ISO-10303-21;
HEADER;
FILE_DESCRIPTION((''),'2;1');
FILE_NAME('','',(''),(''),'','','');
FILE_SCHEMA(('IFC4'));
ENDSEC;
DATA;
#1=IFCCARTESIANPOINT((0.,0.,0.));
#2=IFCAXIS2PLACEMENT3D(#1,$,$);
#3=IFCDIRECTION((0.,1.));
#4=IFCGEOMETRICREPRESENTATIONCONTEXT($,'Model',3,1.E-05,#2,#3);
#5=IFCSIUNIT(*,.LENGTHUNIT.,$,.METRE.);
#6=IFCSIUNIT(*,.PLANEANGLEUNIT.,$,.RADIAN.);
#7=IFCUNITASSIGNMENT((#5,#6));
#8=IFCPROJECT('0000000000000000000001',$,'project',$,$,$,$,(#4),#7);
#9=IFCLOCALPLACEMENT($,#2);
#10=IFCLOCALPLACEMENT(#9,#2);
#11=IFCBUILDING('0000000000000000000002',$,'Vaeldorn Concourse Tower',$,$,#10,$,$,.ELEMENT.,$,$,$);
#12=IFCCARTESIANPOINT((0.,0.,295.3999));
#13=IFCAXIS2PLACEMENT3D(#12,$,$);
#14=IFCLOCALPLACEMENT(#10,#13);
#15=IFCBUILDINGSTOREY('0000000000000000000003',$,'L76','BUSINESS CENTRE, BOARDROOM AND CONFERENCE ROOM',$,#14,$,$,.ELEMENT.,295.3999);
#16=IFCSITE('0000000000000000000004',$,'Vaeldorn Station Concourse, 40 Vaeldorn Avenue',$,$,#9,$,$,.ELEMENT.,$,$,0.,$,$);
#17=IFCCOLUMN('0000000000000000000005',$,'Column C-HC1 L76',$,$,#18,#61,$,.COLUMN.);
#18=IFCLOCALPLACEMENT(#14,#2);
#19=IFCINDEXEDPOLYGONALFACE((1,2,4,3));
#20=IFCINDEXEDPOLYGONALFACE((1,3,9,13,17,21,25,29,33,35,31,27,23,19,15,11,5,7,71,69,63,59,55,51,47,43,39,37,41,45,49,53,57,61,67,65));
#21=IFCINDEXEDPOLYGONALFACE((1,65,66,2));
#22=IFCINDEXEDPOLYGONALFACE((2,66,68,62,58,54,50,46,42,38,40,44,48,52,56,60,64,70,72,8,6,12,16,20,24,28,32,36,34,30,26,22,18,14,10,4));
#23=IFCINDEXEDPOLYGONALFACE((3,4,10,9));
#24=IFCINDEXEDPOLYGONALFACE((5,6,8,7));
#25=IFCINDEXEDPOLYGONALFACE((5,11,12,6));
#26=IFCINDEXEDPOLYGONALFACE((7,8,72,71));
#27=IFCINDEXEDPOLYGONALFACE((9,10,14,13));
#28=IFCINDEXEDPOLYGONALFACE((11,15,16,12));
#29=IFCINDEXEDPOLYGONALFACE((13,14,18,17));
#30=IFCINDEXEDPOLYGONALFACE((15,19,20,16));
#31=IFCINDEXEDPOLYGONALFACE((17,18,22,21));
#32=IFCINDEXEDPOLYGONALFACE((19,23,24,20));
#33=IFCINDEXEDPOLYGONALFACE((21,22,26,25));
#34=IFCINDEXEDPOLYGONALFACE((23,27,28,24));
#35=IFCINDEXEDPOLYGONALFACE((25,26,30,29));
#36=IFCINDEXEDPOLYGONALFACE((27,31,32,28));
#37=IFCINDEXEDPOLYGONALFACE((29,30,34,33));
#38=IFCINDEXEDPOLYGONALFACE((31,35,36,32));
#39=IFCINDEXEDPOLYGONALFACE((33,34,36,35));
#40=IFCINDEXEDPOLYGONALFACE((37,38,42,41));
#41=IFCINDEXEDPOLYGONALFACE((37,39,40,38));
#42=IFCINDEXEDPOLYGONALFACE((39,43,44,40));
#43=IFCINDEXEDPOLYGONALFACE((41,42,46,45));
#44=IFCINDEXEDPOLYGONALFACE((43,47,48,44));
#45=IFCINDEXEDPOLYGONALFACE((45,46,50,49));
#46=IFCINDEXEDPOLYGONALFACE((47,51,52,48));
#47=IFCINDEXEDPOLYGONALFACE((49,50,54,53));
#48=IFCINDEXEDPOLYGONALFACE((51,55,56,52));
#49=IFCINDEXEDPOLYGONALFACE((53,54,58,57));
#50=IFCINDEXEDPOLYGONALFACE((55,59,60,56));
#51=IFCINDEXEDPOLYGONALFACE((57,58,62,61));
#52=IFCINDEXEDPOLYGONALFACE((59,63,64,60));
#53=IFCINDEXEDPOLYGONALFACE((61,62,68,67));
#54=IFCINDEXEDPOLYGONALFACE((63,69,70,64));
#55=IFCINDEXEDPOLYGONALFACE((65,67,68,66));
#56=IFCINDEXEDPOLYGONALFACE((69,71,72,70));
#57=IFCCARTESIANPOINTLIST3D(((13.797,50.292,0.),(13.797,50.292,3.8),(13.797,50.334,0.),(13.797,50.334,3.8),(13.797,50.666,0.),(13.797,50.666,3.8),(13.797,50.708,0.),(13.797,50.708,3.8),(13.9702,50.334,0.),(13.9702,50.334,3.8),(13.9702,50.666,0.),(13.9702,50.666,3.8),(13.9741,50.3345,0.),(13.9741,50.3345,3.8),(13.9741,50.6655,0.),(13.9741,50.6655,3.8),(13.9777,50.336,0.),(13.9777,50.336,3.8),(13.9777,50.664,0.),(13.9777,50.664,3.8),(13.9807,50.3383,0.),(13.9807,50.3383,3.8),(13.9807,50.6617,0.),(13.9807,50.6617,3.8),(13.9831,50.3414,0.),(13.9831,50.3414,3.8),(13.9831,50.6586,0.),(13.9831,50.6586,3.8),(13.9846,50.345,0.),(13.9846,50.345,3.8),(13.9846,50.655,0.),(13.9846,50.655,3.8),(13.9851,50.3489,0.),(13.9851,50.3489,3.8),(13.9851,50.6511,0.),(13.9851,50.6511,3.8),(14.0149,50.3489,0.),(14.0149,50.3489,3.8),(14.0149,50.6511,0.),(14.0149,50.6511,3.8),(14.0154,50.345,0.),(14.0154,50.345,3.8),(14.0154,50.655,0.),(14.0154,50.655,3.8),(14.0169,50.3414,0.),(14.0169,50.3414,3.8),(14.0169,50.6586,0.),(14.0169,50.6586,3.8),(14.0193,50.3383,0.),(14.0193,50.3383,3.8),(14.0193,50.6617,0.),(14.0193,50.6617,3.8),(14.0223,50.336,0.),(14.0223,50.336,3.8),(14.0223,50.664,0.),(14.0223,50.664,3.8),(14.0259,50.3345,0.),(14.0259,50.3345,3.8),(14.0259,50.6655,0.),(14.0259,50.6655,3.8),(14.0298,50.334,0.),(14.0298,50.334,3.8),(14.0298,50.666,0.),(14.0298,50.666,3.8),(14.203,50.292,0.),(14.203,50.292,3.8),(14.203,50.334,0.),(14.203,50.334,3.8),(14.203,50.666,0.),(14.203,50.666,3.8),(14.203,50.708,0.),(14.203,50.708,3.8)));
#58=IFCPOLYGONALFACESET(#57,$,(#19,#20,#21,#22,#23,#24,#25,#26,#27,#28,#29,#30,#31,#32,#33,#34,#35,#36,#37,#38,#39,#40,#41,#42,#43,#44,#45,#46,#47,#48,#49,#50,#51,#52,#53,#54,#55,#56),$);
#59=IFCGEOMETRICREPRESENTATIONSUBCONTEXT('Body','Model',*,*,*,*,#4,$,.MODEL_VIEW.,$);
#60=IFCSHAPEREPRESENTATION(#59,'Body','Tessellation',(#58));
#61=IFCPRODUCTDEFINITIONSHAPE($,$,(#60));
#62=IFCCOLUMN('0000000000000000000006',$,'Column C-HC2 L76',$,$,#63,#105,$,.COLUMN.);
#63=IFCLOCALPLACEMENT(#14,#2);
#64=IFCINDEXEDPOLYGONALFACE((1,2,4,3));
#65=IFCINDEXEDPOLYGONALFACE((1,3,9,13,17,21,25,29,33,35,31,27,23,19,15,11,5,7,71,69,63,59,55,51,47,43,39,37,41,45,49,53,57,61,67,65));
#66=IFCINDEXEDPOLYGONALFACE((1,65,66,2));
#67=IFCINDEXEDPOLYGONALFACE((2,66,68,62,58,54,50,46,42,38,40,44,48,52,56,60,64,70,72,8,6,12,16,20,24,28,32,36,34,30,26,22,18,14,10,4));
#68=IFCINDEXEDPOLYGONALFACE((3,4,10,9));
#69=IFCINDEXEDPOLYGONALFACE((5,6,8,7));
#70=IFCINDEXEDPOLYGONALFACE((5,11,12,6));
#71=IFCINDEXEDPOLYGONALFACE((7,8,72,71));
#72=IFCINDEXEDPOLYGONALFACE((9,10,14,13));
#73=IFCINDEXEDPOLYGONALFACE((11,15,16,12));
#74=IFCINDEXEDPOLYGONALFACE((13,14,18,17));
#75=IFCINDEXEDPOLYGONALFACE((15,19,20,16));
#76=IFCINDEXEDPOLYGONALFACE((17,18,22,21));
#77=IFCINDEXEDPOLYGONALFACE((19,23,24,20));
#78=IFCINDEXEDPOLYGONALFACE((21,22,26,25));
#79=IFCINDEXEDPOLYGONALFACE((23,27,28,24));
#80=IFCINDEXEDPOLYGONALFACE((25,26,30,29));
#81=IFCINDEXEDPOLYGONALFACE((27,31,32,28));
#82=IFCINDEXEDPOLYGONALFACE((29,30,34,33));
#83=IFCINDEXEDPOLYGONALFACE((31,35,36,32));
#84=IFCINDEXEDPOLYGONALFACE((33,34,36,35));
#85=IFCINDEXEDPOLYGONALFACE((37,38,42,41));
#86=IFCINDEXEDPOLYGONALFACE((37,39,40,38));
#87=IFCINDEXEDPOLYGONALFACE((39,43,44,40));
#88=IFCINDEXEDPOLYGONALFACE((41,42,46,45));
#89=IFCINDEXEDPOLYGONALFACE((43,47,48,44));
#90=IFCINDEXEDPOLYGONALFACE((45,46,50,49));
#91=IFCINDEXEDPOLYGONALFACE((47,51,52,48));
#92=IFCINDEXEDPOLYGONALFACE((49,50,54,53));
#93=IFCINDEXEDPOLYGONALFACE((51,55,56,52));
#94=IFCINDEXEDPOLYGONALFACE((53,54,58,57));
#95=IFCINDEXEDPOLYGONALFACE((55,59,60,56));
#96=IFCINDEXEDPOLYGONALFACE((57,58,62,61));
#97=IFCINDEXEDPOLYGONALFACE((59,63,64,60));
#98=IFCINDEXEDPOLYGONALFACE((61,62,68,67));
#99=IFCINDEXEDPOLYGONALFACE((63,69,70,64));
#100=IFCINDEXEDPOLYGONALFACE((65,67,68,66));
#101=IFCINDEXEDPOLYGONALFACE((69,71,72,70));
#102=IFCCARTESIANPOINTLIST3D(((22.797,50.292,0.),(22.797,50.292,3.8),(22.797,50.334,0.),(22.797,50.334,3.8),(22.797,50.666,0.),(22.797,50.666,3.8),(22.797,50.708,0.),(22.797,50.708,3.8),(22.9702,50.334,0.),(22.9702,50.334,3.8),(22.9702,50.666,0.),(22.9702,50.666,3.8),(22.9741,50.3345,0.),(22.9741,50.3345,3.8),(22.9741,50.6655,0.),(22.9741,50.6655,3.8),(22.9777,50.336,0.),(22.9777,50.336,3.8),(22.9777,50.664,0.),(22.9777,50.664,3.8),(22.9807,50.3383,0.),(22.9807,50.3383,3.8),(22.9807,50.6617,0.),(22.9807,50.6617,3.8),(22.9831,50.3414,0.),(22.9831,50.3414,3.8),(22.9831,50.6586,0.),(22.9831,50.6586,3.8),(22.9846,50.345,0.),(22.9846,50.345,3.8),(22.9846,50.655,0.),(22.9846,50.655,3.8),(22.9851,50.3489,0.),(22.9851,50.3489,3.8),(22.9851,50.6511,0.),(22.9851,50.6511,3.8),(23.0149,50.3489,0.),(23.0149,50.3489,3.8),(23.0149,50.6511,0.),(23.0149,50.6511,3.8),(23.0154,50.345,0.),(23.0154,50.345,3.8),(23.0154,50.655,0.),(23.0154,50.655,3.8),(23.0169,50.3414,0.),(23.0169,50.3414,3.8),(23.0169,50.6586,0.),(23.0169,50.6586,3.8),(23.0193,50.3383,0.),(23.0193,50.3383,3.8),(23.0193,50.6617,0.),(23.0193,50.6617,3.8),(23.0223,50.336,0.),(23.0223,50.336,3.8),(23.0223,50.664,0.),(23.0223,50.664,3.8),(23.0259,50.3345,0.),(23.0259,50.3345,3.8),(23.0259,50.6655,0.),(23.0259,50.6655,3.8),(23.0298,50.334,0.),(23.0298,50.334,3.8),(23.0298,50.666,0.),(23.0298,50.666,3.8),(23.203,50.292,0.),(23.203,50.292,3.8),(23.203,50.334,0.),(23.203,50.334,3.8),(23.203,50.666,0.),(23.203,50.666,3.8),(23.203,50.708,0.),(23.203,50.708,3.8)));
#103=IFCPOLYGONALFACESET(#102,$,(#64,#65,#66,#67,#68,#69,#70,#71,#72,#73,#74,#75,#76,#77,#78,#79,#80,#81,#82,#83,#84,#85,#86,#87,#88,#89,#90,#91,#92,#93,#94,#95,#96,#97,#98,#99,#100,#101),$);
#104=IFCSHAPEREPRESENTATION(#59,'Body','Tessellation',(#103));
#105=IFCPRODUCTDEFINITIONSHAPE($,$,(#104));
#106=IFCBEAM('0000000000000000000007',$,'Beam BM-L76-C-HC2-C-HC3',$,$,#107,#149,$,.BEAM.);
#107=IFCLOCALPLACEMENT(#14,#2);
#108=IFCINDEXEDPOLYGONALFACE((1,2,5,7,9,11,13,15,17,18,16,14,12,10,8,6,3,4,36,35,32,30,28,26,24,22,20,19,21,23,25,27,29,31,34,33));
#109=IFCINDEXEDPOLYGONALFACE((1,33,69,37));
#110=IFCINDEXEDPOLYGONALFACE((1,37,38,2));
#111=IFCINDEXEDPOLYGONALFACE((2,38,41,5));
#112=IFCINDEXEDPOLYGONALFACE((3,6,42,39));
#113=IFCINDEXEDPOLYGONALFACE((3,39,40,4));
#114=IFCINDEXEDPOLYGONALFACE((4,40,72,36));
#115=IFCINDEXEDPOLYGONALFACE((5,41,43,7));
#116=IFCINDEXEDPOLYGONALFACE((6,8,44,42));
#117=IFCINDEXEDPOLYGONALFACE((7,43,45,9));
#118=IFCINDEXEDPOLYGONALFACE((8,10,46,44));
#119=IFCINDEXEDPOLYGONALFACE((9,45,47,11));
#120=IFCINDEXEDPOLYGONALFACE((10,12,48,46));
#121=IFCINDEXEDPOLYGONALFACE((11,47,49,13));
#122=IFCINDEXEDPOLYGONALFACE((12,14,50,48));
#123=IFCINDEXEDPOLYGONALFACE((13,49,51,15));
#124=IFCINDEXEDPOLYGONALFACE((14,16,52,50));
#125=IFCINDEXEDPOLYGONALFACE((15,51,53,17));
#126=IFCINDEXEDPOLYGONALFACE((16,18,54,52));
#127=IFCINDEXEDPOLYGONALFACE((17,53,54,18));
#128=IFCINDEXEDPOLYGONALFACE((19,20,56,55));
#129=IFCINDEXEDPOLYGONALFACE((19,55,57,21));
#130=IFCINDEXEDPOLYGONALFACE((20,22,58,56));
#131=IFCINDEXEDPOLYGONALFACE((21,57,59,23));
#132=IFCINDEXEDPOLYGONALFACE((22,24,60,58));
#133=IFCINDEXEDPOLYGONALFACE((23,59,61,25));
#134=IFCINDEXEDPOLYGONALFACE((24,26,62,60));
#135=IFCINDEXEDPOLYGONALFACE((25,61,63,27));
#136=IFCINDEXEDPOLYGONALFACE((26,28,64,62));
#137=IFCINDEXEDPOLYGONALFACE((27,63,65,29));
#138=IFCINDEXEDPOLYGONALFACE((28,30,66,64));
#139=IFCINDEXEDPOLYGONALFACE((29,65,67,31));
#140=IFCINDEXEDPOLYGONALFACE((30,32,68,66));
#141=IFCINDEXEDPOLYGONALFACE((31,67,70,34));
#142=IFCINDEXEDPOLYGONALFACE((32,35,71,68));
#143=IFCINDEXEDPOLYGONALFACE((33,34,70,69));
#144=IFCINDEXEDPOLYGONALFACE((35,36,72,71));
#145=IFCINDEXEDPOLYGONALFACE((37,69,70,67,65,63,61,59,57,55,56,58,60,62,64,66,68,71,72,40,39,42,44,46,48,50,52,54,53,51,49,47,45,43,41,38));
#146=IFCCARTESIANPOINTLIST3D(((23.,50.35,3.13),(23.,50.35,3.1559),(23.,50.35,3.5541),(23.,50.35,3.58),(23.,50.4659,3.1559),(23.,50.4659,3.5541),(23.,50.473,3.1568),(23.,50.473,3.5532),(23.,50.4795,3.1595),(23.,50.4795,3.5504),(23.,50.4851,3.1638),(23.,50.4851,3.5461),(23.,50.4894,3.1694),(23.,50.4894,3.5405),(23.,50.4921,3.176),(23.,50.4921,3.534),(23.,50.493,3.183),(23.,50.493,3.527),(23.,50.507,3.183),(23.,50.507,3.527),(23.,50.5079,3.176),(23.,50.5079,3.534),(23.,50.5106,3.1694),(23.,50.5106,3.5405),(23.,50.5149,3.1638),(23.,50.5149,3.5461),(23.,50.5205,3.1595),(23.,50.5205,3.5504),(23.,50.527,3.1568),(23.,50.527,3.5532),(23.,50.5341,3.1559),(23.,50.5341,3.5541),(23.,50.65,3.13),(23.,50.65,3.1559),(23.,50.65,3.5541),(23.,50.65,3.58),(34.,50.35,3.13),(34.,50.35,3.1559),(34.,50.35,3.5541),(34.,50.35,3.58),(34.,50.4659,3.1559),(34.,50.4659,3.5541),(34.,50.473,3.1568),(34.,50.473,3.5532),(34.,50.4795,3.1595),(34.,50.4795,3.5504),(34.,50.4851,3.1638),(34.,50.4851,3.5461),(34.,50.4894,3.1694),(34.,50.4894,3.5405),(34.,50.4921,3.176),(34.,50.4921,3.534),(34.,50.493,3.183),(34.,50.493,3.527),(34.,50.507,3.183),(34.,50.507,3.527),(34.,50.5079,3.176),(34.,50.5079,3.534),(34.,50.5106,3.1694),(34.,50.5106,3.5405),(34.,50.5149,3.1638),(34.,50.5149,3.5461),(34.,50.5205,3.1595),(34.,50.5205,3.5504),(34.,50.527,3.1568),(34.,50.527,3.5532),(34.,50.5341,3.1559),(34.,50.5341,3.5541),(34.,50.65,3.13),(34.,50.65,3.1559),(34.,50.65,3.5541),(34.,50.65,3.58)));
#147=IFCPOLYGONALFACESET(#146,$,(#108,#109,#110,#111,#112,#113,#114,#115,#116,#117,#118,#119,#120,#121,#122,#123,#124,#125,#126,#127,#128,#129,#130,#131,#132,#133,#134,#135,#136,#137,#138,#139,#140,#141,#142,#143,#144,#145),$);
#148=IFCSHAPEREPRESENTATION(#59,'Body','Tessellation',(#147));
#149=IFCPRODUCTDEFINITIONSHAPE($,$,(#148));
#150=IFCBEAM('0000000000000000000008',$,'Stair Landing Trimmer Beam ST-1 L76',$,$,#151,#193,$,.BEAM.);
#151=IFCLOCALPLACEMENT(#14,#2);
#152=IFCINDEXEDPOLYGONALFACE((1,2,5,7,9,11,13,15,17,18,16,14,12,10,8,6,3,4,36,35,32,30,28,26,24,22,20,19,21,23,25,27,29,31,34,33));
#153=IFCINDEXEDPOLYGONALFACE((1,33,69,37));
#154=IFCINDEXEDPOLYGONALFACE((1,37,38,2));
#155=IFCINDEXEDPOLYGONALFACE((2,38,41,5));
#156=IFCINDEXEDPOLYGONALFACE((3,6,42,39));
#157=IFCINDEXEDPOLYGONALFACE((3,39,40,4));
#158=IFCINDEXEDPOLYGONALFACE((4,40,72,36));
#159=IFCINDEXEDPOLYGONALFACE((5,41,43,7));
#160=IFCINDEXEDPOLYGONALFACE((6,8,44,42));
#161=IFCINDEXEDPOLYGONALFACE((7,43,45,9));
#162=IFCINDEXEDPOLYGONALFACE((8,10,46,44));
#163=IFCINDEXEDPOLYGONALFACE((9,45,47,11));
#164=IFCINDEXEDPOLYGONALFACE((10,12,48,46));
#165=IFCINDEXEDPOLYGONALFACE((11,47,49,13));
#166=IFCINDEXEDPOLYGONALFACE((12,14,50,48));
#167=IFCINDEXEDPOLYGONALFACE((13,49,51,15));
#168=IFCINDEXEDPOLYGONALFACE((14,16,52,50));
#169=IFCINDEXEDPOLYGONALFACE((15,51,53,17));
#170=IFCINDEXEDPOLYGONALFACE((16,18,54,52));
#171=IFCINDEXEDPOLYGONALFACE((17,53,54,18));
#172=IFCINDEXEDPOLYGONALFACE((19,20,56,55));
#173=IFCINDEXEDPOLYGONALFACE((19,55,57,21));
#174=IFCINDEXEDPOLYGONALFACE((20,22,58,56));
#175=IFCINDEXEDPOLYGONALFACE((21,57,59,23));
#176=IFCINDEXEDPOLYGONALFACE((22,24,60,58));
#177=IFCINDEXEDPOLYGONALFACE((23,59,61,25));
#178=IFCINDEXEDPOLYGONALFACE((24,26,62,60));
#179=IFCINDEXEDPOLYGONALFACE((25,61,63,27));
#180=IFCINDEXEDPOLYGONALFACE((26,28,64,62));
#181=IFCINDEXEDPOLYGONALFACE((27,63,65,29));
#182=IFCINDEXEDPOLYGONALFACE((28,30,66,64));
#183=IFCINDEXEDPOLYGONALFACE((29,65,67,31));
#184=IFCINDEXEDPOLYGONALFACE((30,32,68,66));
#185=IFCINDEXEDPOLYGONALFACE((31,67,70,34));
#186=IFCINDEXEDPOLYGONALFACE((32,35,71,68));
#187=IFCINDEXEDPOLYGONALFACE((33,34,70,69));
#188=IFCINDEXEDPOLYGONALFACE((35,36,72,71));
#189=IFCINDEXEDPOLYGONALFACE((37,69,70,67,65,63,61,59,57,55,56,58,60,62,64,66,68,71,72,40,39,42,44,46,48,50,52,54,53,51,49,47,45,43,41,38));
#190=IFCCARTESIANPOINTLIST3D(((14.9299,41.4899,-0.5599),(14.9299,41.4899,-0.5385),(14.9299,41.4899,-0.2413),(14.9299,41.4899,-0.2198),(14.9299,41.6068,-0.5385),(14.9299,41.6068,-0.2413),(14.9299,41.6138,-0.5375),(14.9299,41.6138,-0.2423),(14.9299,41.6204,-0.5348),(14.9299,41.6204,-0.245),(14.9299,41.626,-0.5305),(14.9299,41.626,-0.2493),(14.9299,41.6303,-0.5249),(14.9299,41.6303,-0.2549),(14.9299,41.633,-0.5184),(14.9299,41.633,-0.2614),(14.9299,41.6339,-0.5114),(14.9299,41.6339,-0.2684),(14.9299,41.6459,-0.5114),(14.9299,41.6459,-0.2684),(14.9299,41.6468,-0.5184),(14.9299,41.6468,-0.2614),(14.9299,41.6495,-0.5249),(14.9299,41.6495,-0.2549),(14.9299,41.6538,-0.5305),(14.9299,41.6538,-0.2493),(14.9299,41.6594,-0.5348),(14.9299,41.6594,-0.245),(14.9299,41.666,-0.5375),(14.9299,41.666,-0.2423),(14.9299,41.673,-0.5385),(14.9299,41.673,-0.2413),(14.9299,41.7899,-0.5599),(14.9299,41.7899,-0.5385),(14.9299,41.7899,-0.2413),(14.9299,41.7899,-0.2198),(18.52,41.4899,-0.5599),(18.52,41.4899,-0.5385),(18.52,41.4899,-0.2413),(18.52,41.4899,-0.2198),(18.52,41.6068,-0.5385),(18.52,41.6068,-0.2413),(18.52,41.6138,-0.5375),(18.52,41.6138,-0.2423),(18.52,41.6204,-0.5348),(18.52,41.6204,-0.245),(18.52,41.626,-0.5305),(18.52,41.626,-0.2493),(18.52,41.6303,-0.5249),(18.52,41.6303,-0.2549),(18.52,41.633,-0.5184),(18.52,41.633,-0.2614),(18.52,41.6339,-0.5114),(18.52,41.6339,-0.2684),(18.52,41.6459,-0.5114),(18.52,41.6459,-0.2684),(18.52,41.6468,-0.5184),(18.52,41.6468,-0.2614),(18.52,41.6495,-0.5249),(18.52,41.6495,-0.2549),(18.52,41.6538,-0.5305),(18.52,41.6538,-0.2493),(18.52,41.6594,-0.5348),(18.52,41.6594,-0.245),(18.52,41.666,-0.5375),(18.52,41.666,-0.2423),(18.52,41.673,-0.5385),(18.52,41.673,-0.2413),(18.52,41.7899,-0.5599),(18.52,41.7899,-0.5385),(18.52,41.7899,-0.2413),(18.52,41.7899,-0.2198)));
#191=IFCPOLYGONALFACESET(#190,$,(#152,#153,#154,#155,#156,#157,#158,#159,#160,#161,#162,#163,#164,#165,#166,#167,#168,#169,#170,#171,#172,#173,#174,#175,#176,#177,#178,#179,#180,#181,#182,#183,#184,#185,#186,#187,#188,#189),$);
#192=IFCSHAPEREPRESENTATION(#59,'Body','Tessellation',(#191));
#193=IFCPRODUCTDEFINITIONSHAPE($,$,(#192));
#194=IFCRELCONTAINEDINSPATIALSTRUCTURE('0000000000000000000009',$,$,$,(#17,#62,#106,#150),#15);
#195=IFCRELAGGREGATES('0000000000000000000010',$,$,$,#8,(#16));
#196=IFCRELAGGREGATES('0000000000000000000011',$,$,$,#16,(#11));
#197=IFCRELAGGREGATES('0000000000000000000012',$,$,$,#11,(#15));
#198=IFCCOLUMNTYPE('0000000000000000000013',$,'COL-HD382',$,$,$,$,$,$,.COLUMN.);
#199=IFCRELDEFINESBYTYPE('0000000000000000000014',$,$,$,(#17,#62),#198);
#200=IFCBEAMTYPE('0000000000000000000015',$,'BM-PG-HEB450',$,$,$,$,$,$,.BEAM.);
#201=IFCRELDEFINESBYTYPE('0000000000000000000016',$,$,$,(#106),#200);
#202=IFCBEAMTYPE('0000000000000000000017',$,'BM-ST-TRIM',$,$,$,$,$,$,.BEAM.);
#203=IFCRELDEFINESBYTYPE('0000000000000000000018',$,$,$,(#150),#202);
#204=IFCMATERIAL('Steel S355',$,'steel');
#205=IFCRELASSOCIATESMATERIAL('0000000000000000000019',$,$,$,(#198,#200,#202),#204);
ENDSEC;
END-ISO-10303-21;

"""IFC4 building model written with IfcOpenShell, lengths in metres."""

from ifc_helpers import new_model, si_unit, direction, frame, origin, origin_2d, place, context, subcontext, project, spatial, i_section, extrude, source, transform, mapped, material, material_profile, profile_set, type_object, element, save


model = new_model("IFC4")

# Units and contexts
model_context = context("Model", 3, precision=1e-05, world=origin(), true_north=direction((0.0, 1.0)))
body_context = subcontext(model_context, "Body", "Model", "MODEL_VIEW")
ifc_project = project(units=[si_unit("LENGTHUNIT", "METRE"), si_unit("PLANEANGLEUNIT", "RADIAN")], contexts=[model_context])

# Site, building, storey
site_placement = place(None, origin())
site = spatial("IfcSite", under=ifc_project, at=site_placement, Name="Vaeldorn Station Concourse, 40 Vaeldorn Avenue", CompositionType="ELEMENT", RefElevation=0.0)
building_placement = place(site_placement, origin())
building = spatial("IfcBuilding", under=site, at=building_placement, Name="Vaeldorn Concourse Tower", CompositionType="ELEMENT")
storey_placement = place(building_placement, frame((0.0, 0.0, 295.3999)))
storey = spatial("IfcBuildingStorey", under=building, at=storey_placement, Name="L76", Description="BUSINESS CENTRE, BOARDROOM AND CONFERENCE ROOM", CompositionType="ELEMENT", Elevation=295.3999)

# Columns
ifc_material_1 = material(Name="Steel S355", Category="steel")
ifc_material_profile_1 = material_profile(ifc_material_1, i_section(OverallWidth=0.406, OverallDepth=0.416, WebThickness=0.0298, FlangeThickness=0.042, FilletRadius=0.0149, at=origin_2d()), Name="HD 400x382")
ifc_profile_set_1 = profile_set([ifc_material_profile_1], Name="Steel S355")
column_type = type_object("IfcColumnType", Name="COL-HD382", PredefinedType="COLUMN", material=ifc_profile_set_1)
shared_shape_1 = source(origin(), body_context, "Body", "SweptSolid", [
    extrude(i_section(OverallWidth=0.406, OverallDepth=0.416, WebThickness=0.0298, FlangeThickness=0.042, FilletRadius=0.0149, at=origin_2d()), origin(), (0.0, 0.0, 1.0), 3.8),
])
for number, where, z_axis, x_axis, name in (
    (1, (14.0, 50.5, 0.0), (0.0, 0.0, 1.0), (1.0, 0.0, 0.0), "Column C-HC1 L76"),
    (2, (23.0, 50.5, 0.0), (0.0, 0.0, 1.0), (1.0, 0.0, 0.0), "Column C-HC2 L76"),
):
    element("IfcColumn", number, at=place(storey_placement, frame(where, z_axis=z_axis, x_axis=x_axis)), inside=storey, type_object=column_type, Name=name, PredefinedType="COLUMN", context=body_context, shape_type="MappedRepresentation", body=[
        mapped(shared_shape_1, transform((0.0, 0.0, 0.0), scale=1.0)),
    ])

# Beams
ifc_material_profile_2 = material_profile(ifc_material_1, i_section(OverallWidth=0.3, OverallDepth=0.45, WebThickness=0.0139, FlangeThickness=0.0259, FilletRadius=0.0271, at=origin_2d()), Name="HEB 450")
ifc_profile_set_2 = profile_set([ifc_material_profile_2], Name="Steel S355")
beam_type_1 = type_object("IfcBeamType", Name="BM-PG-HEB450", PredefinedType="BEAM", material=ifc_profile_set_2)
shared_shape_2 = source(origin(), body_context, "Body", "SweptSolid", [
    extrude(i_section(OverallWidth=0.3, OverallDepth=0.45, WebThickness=0.0139, FlangeThickness=0.0259, FilletRadius=0.0271, at=origin_2d()), origin(), (0.0, 0.0, 1.0), 11.0),
])
beam_1_placement = place(storey_placement, frame((23.0, 50.5, 3.355), z_axis=(1.0, 0.0, 0.0), x_axis=(0.0, 1.0, 0.0)))
element("IfcBeam", 3, at=beam_1_placement, inside=storey, type_object=beam_type_1, Name="Beam BM-L76-C-HC2-C-HC3", PredefinedType="BEAM", context=body_context, shape_type="MappedRepresentation", body=[
    mapped(shared_shape_2, transform((0.0, 0.0, 0.0), scale=1.0)),
])
ifc_material_profile_3 = material_profile(ifc_material_1, i_section(OverallWidth=0.3, OverallDepth=0.3401, WebThickness=0.012, FlangeThickness=0.0215, FilletRadius=0.0271, at=origin_2d()), Name="HEB 340")
ifc_profile_set_3 = profile_set([ifc_material_profile_3], Name="Steel S355")
beam_type_2 = type_object("IfcBeamType", Name="BM-ST-TRIM", PredefinedType="BEAM", material=ifc_profile_set_3)
shared_shape_3 = source(origin(), body_context, "Body", "SweptSolid", [
    extrude(i_section(OverallWidth=0.3, OverallDepth=0.3401, WebThickness=0.012, FlangeThickness=0.0215, FilletRadius=0.0271, at=origin_2d()), origin(), (0.0, 0.0, 1.0), 3.5901),
])
beam_2_placement = place(storey_placement, frame((14.9299, 41.6399, -0.3899), z_axis=(1.0, 0.0, 0.0), x_axis=(0.0, 1.0, 0.0)))
element("IfcBeam", 4, at=beam_2_placement, inside=storey, type_object=beam_type_2, Name="Stair Landing Trimmer Beam ST-1 L76", PredefinedType="BEAM", context=body_context, shape_type="MappedRepresentation", body=[
    mapped(shared_shape_3, transform((0.0, 0.0, 0.0), scale=1.0)),
])

save(model, "model.ifc")
